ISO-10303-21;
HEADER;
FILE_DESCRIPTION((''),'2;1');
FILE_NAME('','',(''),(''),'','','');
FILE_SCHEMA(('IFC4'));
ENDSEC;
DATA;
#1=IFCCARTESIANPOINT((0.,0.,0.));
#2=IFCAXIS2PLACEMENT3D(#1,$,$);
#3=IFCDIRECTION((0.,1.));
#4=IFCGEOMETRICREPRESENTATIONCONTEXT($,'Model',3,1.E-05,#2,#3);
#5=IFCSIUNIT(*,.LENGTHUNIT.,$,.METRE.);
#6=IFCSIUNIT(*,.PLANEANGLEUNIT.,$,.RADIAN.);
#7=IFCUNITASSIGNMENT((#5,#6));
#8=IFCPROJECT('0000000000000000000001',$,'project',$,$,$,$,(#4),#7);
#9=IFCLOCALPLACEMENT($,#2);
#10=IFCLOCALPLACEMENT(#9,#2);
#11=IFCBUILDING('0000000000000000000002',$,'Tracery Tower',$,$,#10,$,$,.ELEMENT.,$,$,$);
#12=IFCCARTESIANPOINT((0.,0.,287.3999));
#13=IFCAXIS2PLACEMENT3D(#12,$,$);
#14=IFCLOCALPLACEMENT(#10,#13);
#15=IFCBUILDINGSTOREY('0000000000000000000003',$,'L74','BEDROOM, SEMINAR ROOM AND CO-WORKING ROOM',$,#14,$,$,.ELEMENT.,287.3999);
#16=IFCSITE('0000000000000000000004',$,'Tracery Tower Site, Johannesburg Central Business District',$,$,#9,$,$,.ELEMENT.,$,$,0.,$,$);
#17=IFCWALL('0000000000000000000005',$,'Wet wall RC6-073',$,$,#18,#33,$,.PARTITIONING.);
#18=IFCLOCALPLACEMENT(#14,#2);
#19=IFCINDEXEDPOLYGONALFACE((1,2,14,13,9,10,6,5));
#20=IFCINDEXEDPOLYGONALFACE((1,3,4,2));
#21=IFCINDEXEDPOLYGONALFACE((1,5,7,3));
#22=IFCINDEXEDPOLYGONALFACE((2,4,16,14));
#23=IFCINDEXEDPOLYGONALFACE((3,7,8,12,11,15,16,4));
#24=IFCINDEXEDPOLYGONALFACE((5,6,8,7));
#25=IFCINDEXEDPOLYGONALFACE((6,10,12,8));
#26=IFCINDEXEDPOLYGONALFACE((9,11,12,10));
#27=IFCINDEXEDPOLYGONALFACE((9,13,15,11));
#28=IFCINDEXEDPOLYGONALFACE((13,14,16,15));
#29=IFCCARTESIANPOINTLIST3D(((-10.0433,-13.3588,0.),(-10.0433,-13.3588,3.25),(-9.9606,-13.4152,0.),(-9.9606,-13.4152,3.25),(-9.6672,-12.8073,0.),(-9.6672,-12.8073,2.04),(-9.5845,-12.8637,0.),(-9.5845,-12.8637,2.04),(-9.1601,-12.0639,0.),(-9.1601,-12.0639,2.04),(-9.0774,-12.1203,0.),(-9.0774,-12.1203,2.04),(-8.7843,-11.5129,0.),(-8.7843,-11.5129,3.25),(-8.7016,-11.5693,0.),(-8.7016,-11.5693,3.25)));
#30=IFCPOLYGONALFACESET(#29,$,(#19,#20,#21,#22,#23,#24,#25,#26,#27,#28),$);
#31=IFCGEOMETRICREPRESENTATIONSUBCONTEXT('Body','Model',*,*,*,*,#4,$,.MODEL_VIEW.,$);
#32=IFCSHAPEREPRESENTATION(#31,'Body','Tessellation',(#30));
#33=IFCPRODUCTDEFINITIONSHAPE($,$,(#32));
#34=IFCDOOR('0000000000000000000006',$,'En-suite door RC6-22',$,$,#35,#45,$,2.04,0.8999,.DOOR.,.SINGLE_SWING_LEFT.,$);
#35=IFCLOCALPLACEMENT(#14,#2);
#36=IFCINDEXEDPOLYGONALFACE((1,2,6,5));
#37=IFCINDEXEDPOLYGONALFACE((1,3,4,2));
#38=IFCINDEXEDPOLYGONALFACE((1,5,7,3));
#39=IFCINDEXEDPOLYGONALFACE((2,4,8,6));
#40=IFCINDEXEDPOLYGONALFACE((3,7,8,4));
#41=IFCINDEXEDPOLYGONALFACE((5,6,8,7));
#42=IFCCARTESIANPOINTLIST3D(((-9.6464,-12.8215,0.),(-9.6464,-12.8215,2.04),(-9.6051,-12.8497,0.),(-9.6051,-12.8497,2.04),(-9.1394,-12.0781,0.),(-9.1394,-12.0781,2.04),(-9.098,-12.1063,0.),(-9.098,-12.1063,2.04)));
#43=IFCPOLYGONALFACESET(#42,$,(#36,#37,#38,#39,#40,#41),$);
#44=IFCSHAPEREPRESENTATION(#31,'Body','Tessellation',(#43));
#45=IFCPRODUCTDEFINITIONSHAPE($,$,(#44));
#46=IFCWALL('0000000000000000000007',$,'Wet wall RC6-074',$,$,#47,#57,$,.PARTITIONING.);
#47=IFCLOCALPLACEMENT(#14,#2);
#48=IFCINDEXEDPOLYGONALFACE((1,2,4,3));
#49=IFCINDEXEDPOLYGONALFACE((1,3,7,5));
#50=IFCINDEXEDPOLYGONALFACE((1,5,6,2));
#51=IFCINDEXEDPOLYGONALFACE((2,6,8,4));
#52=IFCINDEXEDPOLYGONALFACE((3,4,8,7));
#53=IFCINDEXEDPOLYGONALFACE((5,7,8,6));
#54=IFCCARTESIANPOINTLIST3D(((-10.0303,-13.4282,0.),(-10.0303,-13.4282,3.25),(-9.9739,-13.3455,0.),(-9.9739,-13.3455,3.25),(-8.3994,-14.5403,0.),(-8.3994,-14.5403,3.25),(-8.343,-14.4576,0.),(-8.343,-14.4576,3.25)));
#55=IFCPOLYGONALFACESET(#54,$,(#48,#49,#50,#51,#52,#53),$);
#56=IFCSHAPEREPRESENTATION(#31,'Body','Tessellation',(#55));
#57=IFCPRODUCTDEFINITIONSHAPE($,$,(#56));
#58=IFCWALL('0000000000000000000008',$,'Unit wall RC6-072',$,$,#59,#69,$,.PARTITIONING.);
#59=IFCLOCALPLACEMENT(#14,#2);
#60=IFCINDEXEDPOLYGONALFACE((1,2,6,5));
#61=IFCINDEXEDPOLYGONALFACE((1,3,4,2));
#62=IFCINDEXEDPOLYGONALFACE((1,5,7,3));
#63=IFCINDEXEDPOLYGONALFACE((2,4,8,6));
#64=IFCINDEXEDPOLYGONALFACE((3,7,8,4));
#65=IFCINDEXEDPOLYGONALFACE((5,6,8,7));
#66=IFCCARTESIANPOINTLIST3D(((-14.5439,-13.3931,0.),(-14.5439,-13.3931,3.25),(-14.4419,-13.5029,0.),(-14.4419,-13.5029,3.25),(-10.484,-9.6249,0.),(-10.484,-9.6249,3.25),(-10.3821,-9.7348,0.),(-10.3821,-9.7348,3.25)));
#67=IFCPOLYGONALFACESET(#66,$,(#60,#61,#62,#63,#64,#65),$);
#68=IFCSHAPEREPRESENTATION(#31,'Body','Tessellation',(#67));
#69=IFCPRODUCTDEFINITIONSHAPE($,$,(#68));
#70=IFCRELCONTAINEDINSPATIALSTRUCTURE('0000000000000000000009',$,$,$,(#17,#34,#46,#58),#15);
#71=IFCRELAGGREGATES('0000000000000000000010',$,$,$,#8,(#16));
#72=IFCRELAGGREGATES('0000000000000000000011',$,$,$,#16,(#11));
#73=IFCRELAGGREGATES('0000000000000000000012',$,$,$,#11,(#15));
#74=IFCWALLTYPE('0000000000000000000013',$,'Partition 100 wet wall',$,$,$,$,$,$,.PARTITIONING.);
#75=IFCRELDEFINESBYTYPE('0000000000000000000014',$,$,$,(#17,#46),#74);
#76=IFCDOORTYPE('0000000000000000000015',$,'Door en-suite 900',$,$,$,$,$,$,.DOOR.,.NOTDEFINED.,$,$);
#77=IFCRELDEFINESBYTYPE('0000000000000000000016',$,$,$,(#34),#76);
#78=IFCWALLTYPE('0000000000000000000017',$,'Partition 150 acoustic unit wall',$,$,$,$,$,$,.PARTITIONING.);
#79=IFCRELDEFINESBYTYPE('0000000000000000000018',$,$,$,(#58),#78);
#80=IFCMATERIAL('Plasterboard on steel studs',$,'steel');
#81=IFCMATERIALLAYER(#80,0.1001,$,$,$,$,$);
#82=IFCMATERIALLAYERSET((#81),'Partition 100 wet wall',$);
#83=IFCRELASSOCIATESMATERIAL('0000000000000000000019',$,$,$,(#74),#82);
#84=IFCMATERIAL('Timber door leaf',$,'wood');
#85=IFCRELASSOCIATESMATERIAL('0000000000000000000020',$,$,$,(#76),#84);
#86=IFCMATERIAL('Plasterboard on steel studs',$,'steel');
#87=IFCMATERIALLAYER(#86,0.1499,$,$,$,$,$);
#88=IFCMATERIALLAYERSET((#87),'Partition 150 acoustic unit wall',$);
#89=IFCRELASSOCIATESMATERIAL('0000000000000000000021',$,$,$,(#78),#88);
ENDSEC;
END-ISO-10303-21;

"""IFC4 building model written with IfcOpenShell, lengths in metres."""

from ifc_helpers import new_model, si_unit, direction, frame, frame_2d, origin, place, context, subcontext, project, spatial, rectangle, extrude, material, layer, layer_set, type_object, element, fill, save


model = new_model("IFC4")

# Units and contexts
model_context = context("Model", 3, precision=1e-05, world=origin(), true_north=direction((0.0, 1.0)))
body_context = subcontext(model_context, "Body", "Model", "MODEL_VIEW")
ifc_project = project(units=[si_unit("LENGTHUNIT", "METRE"), si_unit("PLANEANGLEUNIT", "RADIAN")], contexts=[model_context])

# Site, building, storey
site_placement = place(None, origin())
site = spatial("IfcSite", under=ifc_project, at=site_placement, Name="Tracery Tower Site, Johannesburg Central Business District", CompositionType="ELEMENT", RefElevation=0.0)
building_placement = place(site_placement, origin())
building = spatial("IfcBuilding", under=site, at=building_placement, Name="Tracery Tower", CompositionType="ELEMENT")
storey_placement = place(building_placement, frame((0.0, 0.0, 287.3999)))
storey = spatial("IfcBuildingStorey", under=building, at=storey_placement, Name="L74", Description="BEDROOM, SEMINAR ROOM AND CO-WORKING ROOM", CompositionType="ELEMENT", Elevation=287.3999)

# Shared definitions
ifc_material_1 = material(Name="Plasterboard on steel studs", Category="steel")
ifc_layer_1 = layer(ifc_material_1, 0.1001)
ifc_layer_set_1 = layer_set([ifc_layer_1], Name="Partition 100 wet wall")
wall_type_1 = type_object("IfcWallType", Name="Partition 100 wet wall", PredefinedType="PARTITIONING", material=ifc_layer_set_1)
ifc_material_2 = material(Name="Timber door leaf", Category="wood")
door_type = type_object("IfcDoorType", Name="Door en-suite 900", OperationType="NOTDEFINED", PredefinedType="DOOR", material=ifc_material_2)

# Wall, opening, door
wall_1_placement = place(storey_placement, frame((-10.002, -13.387, 0.0), z_axis=(0.0, 0.0, 1.0), x_axis=(0.563469, 0.826137, 0.0)))
wall_1 = element("IfcWall", 1, at=wall_1_placement, inside=storey, type_object=wall_type_1, Name="Wet wall RC6-073", PredefinedType="PARTITIONING", context=body_context, shape_type="SweptSolid", body=[
    extrude(rectangle(XDim=2.2344, YDim=0.1001, at=frame_2d((1.1172, 0.0))), origin(), (0.0, 0.0, 1.0), 3.25),
])
opening_1_placement = place(wall_1_placement, frame((0.6675, 0.0, 0.0)))
opening_1 = element("IfcOpeningElement", 2, at=opening_1_placement, cuts=wall_1, PredefinedType="OPENING", context=body_context, shape_type="SweptSolid", body=[
    extrude(rectangle(XDim=0.8999, YDim=2.04, at=frame_2d((0.45, 1.02))), frame((0.0, 0.05, 0.0), z_axis=(0.0, -1.0, 0.0), x_axis=(1.0, 0.0, 0.0)), (0.0, 0.0, 1.0), 0.1001),
])
door_1_placement = place(opening_1_placement, origin())
door_1 = element("IfcDoor", 3, at=door_1_placement, inside=storey, type_object=door_type, Name="En-suite door RC6-22", OperationType="SINGLE_SWING_LEFT", OverallHeight=2.04, OverallWidth=0.8999, PredefinedType="DOOR", context=body_context, shape_type="SweptSolid", body=[
    extrude(rectangle(XDim=0.8999, YDim=2.04, at=frame_2d((0.45, 1.02))), frame((0.0, 0.0249, 0.0), z_axis=(0.0, -1.0, 0.0), x_axis=(1.0, 0.0, 0.0)), (0.0, 0.0, 1.0), 0.05),
])
fill(opening_1, door_1)

# Walls
wall_2_placement = place(storey_placement, frame((-10.002, -13.387, 0.0), z_axis=(0.0, 0.0, 1.0), x_axis=(0.826201, -0.563375, 0.0)))
element("IfcWall", 4, at=wall_2_placement, inside=storey, type_object=wall_type_1, Name="Wet wall RC6-074", PredefinedType="PARTITIONING", context=body_context, shape_type="SweptSolid", body=[
    extrude(rectangle(XDim=1.9739, YDim=0.1001, at=frame_2d((0.9868, 0.0))), origin(), (0.0, 0.0, 1.0), 3.25),
])
ifc_material_3 = material(Name="Plasterboard on steel studs", Category="steel")
ifc_layer_2 = layer(ifc_material_3, 0.1499)
ifc_layer_set_2 = layer_set([ifc_layer_2], Name="Partition 150 acoustic unit wall")
wall_type_2 = type_object("IfcWallType", Name="Partition 150 acoustic unit wall", PredefinedType="PARTITIONING", material=ifc_layer_set_2)
wall_3_placement = place(storey_placement, frame((-14.4929, -13.448, 0.0), z_axis=(0.0, 0.0, 1.0), x_axis=(0.732952, 0.68028, 0.0)))
element("IfcWall", 5, at=wall_3_placement, inside=storey, type_object=wall_type_2, Name="Unit wall RC6-072", PredefinedType="PARTITIONING", context=body_context, shape_type="SweptSolid", body=[
    extrude(rectangle(XDim=5.5391, YDim=0.1499, at=frame_2d((2.7695, 0.0))), origin(), (0.0, 0.0, 1.0), 3.25),
])

save(model, "model.ifc")
